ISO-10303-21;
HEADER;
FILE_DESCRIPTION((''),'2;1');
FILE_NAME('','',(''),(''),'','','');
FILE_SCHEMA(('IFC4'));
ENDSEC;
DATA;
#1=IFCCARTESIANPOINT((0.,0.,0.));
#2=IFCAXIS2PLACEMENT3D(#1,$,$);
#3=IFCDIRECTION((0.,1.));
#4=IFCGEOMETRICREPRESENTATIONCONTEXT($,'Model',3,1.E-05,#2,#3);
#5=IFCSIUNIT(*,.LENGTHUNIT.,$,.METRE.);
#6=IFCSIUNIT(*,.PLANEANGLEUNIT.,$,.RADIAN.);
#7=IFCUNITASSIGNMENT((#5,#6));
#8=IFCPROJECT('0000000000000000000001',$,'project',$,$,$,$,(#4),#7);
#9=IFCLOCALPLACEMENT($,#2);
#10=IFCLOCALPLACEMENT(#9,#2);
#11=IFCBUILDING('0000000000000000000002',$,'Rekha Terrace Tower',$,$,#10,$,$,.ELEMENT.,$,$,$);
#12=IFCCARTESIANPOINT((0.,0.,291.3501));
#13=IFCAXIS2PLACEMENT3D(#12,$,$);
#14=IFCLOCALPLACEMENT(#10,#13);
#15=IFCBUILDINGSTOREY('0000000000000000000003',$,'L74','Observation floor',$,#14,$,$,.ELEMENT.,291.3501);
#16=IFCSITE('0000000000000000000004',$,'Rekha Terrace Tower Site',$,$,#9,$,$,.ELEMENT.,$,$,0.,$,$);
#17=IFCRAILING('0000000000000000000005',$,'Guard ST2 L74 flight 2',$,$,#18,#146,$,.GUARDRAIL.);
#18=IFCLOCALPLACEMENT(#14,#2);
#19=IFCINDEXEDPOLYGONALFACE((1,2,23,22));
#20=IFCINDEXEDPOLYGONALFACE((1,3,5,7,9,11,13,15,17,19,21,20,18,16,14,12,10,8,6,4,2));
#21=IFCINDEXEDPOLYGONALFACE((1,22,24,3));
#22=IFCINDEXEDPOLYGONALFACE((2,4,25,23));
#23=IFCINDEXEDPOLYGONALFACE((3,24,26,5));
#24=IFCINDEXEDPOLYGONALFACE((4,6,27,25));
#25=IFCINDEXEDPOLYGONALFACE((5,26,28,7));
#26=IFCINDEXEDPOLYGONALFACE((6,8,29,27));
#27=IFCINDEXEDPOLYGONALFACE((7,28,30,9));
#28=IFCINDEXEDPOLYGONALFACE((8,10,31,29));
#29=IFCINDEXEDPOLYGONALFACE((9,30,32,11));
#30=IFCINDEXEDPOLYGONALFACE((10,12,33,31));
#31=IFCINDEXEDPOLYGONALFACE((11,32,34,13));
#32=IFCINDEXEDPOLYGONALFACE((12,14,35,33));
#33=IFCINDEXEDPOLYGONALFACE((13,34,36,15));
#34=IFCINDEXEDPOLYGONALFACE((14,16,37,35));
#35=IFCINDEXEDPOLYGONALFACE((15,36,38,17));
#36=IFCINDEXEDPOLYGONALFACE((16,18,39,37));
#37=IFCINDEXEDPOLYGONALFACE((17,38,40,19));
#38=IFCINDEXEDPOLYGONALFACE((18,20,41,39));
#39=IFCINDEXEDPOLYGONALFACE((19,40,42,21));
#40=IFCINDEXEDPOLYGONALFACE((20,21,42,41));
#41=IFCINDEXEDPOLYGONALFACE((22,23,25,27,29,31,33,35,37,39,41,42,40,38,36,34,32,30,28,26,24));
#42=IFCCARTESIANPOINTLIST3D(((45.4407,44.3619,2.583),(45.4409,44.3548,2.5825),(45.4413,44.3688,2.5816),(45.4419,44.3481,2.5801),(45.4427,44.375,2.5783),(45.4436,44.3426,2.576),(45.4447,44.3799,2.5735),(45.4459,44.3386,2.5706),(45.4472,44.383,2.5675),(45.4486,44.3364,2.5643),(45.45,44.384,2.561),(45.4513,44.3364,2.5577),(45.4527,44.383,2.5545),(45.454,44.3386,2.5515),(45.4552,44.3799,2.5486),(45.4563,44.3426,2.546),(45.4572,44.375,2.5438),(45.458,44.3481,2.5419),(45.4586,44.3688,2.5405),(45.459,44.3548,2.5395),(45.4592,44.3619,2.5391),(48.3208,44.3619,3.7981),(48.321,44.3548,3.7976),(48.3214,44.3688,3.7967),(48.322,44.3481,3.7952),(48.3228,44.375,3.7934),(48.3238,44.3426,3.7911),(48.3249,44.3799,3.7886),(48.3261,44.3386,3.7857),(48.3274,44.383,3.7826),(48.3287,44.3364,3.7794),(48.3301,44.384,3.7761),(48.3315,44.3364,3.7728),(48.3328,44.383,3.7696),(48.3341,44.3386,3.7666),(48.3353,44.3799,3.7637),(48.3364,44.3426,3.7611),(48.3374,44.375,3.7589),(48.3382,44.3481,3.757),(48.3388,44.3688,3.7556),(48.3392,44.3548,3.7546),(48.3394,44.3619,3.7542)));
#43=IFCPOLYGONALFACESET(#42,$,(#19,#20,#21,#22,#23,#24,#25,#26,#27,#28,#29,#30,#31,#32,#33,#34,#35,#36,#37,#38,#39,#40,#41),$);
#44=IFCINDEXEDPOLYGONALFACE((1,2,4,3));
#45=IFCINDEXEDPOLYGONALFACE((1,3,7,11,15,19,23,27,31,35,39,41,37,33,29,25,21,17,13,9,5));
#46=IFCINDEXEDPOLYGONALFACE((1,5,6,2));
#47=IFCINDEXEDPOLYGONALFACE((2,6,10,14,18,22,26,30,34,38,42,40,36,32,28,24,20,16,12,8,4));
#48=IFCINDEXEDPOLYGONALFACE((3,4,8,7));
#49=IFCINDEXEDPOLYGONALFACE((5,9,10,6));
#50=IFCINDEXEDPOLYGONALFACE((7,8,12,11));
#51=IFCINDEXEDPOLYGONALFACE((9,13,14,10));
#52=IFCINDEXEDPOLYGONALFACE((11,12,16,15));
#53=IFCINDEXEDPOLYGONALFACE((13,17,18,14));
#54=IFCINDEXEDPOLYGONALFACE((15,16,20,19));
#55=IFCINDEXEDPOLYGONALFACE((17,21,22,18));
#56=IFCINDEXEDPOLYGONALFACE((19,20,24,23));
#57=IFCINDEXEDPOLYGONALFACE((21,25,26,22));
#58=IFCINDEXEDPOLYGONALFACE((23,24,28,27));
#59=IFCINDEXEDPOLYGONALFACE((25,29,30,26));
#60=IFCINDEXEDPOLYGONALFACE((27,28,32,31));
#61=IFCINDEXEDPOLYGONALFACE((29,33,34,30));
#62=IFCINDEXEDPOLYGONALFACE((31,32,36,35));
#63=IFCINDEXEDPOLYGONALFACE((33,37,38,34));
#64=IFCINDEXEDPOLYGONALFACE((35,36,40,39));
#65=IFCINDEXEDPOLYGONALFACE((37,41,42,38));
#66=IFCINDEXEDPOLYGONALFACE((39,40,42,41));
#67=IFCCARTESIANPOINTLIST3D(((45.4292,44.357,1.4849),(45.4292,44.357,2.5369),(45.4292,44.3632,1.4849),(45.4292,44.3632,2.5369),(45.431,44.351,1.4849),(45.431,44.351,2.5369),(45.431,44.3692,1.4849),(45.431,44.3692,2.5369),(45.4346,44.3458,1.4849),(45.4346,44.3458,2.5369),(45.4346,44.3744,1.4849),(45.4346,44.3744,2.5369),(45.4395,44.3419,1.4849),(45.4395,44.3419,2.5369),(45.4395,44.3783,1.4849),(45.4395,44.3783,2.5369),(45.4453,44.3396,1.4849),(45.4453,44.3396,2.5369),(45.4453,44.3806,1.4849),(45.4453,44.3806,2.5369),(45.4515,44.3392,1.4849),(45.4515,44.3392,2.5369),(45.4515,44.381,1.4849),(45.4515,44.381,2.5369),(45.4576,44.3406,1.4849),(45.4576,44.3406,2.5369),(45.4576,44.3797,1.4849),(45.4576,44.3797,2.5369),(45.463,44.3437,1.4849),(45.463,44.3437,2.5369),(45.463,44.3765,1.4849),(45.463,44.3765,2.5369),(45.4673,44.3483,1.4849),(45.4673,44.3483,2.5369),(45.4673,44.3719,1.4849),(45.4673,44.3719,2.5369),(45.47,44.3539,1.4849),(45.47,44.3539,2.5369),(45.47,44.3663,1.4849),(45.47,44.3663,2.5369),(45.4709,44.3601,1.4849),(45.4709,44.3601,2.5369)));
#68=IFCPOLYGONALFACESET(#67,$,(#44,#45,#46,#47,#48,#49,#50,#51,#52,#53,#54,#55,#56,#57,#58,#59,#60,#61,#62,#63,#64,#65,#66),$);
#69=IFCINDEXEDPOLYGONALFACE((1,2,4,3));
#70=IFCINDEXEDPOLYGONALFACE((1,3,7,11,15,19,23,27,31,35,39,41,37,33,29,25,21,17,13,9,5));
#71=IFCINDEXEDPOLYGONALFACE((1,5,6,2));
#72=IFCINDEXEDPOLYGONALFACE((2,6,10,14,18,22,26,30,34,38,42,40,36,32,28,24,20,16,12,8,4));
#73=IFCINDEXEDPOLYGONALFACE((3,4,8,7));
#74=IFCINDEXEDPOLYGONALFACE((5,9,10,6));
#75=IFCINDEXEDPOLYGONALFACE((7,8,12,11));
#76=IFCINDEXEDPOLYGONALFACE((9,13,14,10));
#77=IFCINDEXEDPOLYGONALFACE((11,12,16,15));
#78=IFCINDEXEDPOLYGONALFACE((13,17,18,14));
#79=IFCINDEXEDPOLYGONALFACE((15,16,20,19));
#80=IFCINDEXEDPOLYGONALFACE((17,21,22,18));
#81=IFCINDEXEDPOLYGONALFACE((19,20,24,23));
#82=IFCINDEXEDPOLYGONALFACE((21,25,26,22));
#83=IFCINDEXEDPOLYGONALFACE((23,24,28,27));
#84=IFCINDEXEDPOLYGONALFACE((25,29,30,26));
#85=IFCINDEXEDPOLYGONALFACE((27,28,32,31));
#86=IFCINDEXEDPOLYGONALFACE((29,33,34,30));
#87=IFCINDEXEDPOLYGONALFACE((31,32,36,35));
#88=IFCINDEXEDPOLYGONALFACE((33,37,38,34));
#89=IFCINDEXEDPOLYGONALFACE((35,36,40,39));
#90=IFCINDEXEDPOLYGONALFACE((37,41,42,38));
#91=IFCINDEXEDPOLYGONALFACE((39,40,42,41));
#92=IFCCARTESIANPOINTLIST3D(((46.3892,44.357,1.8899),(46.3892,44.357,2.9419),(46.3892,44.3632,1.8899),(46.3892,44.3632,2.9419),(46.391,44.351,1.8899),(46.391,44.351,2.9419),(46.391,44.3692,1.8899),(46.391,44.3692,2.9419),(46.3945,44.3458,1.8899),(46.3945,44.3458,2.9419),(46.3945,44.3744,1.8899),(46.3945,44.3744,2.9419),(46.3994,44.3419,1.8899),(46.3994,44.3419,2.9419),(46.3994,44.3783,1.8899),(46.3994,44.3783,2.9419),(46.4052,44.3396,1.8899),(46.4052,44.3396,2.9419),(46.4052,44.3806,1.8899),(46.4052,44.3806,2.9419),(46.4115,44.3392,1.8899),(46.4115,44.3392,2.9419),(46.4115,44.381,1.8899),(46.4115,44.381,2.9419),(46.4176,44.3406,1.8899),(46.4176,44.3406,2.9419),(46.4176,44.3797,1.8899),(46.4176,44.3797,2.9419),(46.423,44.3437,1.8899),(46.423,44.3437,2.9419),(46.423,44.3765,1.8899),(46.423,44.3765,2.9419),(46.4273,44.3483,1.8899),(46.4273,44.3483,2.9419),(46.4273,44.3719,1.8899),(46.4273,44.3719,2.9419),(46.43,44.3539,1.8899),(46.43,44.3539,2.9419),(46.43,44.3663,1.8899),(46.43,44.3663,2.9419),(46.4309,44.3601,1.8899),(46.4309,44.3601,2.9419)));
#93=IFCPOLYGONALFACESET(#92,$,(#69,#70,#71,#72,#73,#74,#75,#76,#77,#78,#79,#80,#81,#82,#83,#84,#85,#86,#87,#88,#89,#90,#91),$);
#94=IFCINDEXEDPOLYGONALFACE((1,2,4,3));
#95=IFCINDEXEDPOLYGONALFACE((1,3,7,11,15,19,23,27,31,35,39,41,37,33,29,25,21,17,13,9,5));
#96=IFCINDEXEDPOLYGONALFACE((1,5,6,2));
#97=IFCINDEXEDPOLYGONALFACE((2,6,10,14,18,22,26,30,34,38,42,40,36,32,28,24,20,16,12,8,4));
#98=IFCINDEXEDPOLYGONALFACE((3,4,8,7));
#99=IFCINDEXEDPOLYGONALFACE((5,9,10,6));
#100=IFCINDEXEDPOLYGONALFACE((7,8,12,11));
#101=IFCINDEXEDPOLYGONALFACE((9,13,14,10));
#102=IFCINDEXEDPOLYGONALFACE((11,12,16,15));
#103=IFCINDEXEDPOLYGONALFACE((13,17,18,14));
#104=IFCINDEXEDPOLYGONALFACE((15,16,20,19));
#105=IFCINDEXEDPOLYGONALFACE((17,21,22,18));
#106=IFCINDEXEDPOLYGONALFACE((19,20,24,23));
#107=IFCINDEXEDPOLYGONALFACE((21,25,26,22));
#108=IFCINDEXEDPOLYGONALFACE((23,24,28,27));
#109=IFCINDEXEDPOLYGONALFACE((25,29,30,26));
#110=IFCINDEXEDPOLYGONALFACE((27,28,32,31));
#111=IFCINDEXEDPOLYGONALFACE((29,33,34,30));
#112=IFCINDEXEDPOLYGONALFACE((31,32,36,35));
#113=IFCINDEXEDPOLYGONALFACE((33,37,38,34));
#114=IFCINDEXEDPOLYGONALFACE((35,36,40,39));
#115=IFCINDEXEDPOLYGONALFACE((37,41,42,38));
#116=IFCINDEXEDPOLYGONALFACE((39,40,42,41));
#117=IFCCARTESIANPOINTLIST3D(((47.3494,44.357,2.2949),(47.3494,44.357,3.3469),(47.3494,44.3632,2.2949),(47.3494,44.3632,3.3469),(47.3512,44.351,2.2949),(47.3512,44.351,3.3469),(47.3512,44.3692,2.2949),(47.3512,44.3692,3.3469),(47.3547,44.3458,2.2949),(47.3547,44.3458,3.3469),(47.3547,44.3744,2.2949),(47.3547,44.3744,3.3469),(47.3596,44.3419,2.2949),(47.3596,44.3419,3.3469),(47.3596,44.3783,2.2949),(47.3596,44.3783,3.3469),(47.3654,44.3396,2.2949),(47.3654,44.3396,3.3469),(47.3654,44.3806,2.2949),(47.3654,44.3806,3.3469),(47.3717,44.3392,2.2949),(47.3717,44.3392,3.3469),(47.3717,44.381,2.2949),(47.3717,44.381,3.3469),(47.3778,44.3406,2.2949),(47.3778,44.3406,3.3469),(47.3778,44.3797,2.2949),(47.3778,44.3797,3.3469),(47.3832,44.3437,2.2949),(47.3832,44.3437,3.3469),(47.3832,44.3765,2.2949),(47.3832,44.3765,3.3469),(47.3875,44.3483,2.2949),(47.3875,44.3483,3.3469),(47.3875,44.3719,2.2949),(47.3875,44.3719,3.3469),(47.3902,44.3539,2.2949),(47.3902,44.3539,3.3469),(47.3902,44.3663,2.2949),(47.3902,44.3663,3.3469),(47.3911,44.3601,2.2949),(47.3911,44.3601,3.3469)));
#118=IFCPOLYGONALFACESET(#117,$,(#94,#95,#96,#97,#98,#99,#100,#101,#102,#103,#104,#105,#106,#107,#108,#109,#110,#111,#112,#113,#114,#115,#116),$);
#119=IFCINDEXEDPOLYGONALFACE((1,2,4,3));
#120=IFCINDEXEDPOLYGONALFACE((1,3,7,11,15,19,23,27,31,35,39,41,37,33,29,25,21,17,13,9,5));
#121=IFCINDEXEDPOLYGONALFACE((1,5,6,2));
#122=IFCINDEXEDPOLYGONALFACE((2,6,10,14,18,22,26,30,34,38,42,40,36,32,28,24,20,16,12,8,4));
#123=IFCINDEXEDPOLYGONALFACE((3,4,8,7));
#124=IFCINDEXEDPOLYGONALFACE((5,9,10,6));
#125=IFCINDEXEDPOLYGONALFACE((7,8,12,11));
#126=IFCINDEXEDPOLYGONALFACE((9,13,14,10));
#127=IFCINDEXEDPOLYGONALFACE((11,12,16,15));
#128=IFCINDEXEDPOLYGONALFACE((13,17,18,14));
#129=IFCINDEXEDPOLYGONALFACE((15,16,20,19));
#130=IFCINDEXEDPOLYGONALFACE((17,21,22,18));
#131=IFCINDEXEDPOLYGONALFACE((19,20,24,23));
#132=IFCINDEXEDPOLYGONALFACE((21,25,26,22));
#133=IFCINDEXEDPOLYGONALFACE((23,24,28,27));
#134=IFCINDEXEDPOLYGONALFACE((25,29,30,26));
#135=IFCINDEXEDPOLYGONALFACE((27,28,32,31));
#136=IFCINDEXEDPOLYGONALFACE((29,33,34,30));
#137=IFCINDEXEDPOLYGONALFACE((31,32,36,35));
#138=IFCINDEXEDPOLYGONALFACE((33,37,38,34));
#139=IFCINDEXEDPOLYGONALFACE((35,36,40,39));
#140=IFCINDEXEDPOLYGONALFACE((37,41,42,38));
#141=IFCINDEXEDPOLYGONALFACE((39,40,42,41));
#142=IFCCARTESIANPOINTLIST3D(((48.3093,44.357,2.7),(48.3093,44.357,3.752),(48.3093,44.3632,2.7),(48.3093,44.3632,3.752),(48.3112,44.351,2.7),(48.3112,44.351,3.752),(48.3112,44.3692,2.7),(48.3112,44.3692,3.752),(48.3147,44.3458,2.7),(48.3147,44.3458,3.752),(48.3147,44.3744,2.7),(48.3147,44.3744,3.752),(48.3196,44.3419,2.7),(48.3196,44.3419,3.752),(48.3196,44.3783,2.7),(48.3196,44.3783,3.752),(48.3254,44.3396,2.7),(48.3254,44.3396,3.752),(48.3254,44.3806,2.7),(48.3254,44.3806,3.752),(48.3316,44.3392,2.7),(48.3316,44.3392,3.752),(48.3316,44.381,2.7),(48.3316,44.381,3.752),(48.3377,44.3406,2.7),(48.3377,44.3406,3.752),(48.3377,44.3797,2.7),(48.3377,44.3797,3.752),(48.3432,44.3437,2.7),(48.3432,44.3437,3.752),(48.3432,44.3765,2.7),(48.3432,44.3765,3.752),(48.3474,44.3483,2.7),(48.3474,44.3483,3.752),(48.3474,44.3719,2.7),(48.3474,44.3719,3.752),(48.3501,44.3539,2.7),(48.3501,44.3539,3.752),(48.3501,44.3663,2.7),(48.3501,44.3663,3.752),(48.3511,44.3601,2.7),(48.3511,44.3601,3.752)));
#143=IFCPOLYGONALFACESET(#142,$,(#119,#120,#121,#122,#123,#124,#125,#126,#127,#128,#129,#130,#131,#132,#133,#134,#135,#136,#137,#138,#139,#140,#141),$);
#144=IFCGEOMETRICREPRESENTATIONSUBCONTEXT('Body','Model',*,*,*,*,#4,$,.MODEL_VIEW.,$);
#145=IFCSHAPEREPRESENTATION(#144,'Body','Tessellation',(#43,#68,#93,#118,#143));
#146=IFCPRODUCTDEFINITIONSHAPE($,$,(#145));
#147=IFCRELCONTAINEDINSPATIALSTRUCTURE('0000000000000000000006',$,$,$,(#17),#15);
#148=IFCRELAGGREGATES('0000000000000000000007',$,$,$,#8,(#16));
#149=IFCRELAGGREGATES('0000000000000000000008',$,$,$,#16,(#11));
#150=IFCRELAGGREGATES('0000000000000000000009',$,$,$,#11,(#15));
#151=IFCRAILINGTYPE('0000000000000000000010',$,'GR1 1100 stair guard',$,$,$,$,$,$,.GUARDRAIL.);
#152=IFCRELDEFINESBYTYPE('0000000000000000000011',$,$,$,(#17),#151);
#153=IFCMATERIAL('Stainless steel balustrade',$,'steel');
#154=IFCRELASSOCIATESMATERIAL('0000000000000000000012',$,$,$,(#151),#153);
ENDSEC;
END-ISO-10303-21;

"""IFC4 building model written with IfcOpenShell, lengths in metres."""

from ifc_helpers import new_model, si_unit, direction, frame, origin, origin_2d, place, context, subcontext, project, spatial, circle, extrude, material, type_object, element, save


model = new_model("IFC4")

# Units and contexts
model_context = context("Model", 3, precision=1e-05, world=origin(), true_north=direction((0.0, 1.0)))
body_context = subcontext(model_context, "Body", "Model", "MODEL_VIEW")
ifc_project = project(units=[si_unit("LENGTHUNIT", "METRE"), si_unit("PLANEANGLEUNIT", "RADIAN")], contexts=[model_context])

# Site, building, storey
site_placement = place(None, origin())
site = spatial("IfcSite", under=ifc_project, at=site_placement, Name="Rekha Terrace Tower Site", CompositionType="ELEMENT", RefElevation=0.0)
building_placement = place(site_placement, origin())
building = spatial("IfcBuilding", under=site, at=building_placement, Name="Rekha Terrace Tower", CompositionType="ELEMENT")
storey_placement = place(building_placement, frame((0.0, 0.0, 291.3501)))
storey = spatial("IfcBuildingStorey", under=building, at=storey_placement, Name="L74", Description="Observation floor", CompositionType="ELEMENT", Elevation=291.3501)

# Railing
ifc_material_1 = material(Name="Stainless steel balustrade", Category="steel")
railing_type_1 = type_object("IfcRailingType", Name="GR1 1100 stair guard", PredefinedType="GUARDRAIL", material=ifc_material_1)
railing_1_placement = place(storey_placement, frame((45.45, 44.3601, 1.4849)))
element("IfcRailing", 1, at=railing_1_placement, inside=storey, type_object=railing_type_1, Name="Guard ST2 L74 flight 2", PredefinedType="GUARDRAIL", context=body_context, shape_type="SweptSolid", body=[
    extrude(circle(Radius=0.0239, at=origin_2d()), frame((0.0, 0.0, 1.0762), z_axis=(0.92136, 0.0, 0.38871), x_axis=(0.0, 1.0, 0.0)), (0.0, 0.0, 1.0), 3.126),
    extrude(circle(Radius=0.021, at=origin_2d()), origin(), (0.0, 0.0, 1.0), 1.052),
    extrude(circle(Radius=0.021, at=origin_2d()), frame((0.96, 0.0, 0.405)), (0.0, 0.0, 1.0), 1.052),
    extrude(circle(Radius=0.021, at=origin_2d()), frame((1.9202, 0.0, 0.8101)), (0.0, 0.0, 1.0), 1.052),
    extrude(circle(Radius=0.021, at=origin_2d()), frame((2.8801, 0.0, 1.2151)), (0.0, 0.0, 1.0), 1.052),
])

save(model, "model.ifc")
